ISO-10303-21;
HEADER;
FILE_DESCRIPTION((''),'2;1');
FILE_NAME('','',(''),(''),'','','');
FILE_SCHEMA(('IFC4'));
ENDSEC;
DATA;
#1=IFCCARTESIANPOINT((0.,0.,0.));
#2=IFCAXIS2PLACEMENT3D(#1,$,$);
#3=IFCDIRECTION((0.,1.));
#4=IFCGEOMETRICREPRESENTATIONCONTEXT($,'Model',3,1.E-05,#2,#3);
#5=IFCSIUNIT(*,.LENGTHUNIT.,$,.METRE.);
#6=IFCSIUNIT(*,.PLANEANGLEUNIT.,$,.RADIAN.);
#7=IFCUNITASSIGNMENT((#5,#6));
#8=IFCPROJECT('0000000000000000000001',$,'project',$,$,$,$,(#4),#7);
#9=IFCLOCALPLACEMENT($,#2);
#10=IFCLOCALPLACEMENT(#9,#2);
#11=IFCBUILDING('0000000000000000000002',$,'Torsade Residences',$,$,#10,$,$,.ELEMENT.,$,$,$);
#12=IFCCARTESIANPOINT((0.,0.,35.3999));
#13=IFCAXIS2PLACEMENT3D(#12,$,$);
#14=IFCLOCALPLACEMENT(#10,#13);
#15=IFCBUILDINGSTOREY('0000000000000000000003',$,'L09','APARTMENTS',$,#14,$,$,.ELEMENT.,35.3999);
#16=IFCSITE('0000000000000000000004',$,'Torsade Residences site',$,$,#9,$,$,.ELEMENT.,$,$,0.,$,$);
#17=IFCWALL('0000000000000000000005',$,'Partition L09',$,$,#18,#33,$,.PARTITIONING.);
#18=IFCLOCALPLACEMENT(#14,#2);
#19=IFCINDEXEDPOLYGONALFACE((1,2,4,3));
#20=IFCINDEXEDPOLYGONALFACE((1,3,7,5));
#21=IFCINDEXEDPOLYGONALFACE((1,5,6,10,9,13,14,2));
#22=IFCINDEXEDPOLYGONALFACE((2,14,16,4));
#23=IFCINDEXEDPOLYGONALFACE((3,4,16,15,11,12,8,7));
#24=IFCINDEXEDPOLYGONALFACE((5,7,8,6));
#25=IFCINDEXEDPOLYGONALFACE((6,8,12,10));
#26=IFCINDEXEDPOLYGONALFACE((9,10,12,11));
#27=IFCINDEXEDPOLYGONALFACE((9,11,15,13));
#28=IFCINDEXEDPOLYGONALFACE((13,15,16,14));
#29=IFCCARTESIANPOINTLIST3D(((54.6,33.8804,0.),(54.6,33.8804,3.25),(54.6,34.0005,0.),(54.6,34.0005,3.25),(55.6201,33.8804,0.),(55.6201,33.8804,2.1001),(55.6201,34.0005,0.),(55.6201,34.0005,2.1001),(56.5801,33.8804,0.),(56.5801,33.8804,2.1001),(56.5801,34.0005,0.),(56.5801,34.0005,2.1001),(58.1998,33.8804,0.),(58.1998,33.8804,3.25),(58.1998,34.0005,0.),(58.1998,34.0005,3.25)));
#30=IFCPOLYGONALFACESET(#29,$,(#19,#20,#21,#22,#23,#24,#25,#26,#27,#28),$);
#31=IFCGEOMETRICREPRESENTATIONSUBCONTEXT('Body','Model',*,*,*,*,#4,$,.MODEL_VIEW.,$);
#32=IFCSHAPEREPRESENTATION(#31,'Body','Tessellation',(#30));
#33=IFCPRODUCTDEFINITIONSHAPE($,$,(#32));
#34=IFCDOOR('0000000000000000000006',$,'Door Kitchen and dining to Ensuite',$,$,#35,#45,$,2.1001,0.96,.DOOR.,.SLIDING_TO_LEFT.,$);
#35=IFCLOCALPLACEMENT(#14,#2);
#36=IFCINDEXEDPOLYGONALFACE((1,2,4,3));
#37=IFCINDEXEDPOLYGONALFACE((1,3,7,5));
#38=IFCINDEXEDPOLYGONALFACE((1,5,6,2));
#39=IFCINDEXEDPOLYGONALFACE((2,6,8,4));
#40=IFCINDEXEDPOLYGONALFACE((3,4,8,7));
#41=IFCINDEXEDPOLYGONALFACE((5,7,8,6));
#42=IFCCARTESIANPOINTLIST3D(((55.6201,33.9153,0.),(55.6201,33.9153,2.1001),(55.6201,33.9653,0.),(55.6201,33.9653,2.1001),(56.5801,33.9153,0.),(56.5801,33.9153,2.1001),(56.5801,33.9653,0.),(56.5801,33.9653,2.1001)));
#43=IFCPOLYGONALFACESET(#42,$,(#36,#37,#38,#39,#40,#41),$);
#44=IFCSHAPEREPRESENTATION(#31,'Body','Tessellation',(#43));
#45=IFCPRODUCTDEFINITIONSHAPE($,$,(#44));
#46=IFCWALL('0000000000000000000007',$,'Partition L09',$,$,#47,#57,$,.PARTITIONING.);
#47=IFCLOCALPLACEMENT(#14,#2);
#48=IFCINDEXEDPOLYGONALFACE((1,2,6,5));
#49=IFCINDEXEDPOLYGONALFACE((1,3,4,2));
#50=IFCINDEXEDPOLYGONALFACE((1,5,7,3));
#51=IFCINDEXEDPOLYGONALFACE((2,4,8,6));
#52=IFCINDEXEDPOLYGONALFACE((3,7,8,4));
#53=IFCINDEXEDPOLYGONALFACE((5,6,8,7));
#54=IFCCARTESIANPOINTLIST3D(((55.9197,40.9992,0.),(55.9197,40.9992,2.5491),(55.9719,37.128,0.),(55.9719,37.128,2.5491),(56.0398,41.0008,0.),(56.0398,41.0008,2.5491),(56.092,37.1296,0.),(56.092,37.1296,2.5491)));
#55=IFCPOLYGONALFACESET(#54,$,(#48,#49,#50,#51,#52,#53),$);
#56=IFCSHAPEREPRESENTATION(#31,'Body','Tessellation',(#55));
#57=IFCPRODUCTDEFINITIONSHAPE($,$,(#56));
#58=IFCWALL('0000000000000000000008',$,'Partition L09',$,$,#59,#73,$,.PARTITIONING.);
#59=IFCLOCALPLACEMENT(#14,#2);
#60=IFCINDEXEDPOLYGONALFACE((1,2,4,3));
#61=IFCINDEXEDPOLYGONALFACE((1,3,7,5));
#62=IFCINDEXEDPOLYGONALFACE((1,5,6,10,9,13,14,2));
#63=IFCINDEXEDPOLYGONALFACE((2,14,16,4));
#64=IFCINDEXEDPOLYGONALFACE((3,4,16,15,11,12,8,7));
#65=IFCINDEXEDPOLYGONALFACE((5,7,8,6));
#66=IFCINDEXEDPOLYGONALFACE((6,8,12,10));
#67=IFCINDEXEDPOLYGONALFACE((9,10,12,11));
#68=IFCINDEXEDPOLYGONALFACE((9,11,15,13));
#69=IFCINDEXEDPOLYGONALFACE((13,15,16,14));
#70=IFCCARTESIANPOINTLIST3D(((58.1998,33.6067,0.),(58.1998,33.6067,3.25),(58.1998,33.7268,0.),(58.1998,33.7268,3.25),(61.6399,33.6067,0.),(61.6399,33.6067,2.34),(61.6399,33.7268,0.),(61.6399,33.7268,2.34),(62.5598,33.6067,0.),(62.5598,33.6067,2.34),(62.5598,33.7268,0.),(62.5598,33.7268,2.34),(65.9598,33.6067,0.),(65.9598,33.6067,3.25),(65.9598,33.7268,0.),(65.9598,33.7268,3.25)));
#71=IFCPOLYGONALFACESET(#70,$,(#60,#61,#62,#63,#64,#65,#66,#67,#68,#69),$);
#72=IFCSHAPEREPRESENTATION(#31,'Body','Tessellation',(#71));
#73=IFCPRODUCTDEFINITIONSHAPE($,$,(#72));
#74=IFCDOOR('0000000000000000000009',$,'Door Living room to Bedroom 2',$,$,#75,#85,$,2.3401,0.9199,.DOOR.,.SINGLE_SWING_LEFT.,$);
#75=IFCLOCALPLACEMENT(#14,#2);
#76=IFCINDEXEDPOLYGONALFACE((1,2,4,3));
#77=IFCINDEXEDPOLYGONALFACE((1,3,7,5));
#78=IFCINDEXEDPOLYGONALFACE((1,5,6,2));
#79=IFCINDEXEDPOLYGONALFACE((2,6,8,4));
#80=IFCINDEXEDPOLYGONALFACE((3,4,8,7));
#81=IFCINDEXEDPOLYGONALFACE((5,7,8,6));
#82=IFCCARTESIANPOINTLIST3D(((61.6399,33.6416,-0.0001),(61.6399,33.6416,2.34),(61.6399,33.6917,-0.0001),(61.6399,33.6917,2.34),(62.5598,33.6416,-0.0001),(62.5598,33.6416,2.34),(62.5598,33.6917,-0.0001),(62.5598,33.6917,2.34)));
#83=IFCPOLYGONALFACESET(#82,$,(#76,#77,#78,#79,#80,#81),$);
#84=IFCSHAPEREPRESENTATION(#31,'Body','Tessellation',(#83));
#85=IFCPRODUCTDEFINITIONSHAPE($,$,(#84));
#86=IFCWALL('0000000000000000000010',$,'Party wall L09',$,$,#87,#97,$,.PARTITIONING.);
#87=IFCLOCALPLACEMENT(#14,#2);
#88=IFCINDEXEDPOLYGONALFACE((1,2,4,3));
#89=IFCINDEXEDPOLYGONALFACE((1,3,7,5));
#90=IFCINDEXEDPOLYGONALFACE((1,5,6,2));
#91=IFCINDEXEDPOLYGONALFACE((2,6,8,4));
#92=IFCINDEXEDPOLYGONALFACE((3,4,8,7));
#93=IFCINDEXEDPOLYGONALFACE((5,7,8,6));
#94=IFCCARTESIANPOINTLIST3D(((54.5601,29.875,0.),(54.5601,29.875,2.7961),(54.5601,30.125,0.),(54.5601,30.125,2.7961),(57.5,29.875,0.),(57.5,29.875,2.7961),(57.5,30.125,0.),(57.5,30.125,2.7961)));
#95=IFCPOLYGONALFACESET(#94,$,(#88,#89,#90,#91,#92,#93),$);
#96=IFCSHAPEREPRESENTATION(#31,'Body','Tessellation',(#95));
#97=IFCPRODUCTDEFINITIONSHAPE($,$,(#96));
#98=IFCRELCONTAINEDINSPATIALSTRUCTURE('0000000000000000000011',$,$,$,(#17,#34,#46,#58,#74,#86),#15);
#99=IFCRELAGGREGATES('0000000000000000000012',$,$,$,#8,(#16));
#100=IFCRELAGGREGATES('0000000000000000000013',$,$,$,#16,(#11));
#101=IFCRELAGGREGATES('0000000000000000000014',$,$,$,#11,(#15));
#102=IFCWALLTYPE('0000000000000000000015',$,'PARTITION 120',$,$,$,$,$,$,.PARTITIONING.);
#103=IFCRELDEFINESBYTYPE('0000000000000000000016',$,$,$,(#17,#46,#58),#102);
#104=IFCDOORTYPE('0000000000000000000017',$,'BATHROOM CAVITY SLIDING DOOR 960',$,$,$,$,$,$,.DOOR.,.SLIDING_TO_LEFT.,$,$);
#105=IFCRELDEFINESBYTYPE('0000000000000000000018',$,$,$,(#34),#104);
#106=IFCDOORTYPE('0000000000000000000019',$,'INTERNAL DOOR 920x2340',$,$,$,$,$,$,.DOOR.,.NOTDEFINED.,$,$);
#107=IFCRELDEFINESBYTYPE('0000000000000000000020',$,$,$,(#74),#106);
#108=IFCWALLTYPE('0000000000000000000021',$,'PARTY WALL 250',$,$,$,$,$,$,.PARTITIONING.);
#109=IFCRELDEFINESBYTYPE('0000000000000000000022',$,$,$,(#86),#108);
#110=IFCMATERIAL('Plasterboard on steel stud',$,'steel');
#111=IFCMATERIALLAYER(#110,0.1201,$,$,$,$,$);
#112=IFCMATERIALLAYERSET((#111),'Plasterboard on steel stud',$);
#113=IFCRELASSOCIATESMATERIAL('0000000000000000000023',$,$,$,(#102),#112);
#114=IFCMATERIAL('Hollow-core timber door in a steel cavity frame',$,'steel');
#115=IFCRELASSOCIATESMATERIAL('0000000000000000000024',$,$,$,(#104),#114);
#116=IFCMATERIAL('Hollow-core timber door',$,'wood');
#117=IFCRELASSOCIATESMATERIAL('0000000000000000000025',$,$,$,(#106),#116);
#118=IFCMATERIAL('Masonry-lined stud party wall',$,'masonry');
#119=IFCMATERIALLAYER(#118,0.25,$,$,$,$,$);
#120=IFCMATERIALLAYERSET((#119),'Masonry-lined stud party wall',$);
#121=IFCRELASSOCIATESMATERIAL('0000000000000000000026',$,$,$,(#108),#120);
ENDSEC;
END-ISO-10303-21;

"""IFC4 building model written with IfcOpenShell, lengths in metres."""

from ifc_helpers import new_model, si_unit, direction, frame, frame_2d, origin, place, context, subcontext, project, spatial, rectangle, extrude, material, layer, layer_set, type_object, element, fill, save


model = new_model("IFC4")

# Units and contexts
model_context = context("Model", 3, precision=1e-05, world=origin(), true_north=direction((0.0, 1.0)))
body_context = subcontext(model_context, "Body", "Model", "MODEL_VIEW")
ifc_project = project(units=[si_unit("LENGTHUNIT", "METRE"), si_unit("PLANEANGLEUNIT", "RADIAN")], contexts=[model_context])

# Site, building, storey
site_placement = place(None, origin())
site = spatial("IfcSite", under=ifc_project, at=site_placement, Name="Torsade Residences site", CompositionType="ELEMENT", RefElevation=0.0)
building_placement = place(site_placement, origin())
building = spatial("IfcBuilding", under=site, at=building_placement, Name="Torsade Residences", CompositionType="ELEMENT")
storey_placement = place(building_placement, frame((0.0, 0.0, 35.3999)))
storey = spatial("IfcBuildingStorey", under=building, at=storey_placement, Name="L09", Description="APARTMENTS", CompositionType="ELEMENT", Elevation=35.3999)

# Wall, opening, door
ifc_material_1 = material(Name="Plasterboard on steel stud", Category="steel")
ifc_layer_1 = layer(ifc_material_1, 0.1201)
ifc_layer_set_1 = layer_set([ifc_layer_1], Name="Plasterboard on steel stud")
wall_type_1 = type_object("IfcWallType", Name="PARTITION 120", PredefinedType="PARTITIONING", material=ifc_layer_set_1)
wall_1_placement = place(storey_placement, frame((54.6001, 33.9404, 0.0), z_axis=(0.0, 0.0, 1.0), x_axis=(1.0, 0.0, 0.0)))
wall_1 = element("IfcWall", 1, at=wall_1_placement, inside=storey, type_object=wall_type_1, Name="Partition L09", PredefinedType="PARTITIONING", context=body_context, shape_type="SweptSolid", body=[
    extrude(rectangle(XDim=3.5999, YDim=0.1201, at=frame_2d((1.7998, 0.0))), origin(), (0.0, 0.0, 1.0), 3.25),
])
opening_1_placement = place(wall_1_placement, frame((1.02, 0.0, 0.0)))
opening_1 = element("IfcOpeningElement", 2, at=opening_1_placement, cuts=wall_1, PredefinedType="OPENING", context=body_context, shape_type="SweptSolid", body=[
    extrude(rectangle(XDim=0.96, YDim=2.1001, at=frame_2d((0.48, 1.05))), frame((0.0, 0.0701, 0.0), z_axis=(0.0, -1.0, 0.0), x_axis=(1.0, 0.0, 0.0)), (0.0, 0.0, 1.0), 0.1401),
])
ifc_material_2 = material(Name="Hollow-core timber door in a steel cavity frame", Category="steel")
door_type_1 = type_object("IfcDoorType", Name="BATHROOM CAVITY SLIDING DOOR 960", OperationType="SLIDING_TO_LEFT", PredefinedType="DOOR", material=ifc_material_2)
door_1_placement = place(opening_1_placement, origin())
door_1 = element("IfcDoor", 3, at=door_1_placement, inside=storey, type_object=door_type_1, Name="Door Kitchen and dining to Ensuite", OperationType="SLIDING_TO_LEFT", OverallHeight=2.1001, OverallWidth=0.96, PredefinedType="DOOR", context=body_context, shape_type="SweptSolid", body=[
    extrude(rectangle(XDim=0.96, YDim=2.1001, at=frame_2d((0.48, 1.05))), frame((0.0, 0.0249, 0.0), z_axis=(0.0, -1.0, 0.0), x_axis=(1.0, 0.0, 0.0)), (0.0, 0.0, 1.0), 0.05),
])
fill(opening_1, door_1)

# Wall
wall_2_placement = place(storey_placement, frame((55.9797, 41.0, 0.0), z_axis=(0.0, 0.0, 1.0), x_axis=(0.013494, -0.999909, 0.0)))
element("IfcWall", 4, at=wall_2_placement, inside=storey, type_object=wall_type_1, Name="Partition L09", PredefinedType="PARTITIONING", context=body_context, shape_type="SweptSolid", body=[
    extrude(rectangle(XDim=3.8716, YDim=0.1201, at=frame_2d((1.9358, 0.0))), origin(), (0.0, 0.0, 1.0), 2.5491),
])

# Wall, opening, door
wall_3_placement = place(storey_placement, frame((58.2, 33.6667, 0.0), z_axis=(0.0, 0.0, 1.0), x_axis=(1.0, 0.0, 0.0)))
wall_3 = element("IfcWall", 5, at=wall_3_placement, inside=storey, type_object=wall_type_1, Name="Partition L09", PredefinedType="PARTITIONING", context=body_context, shape_type="SweptSolid", body=[
    extrude(rectangle(XDim=7.76, YDim=0.1201, at=frame_2d((3.8799, 0.0))), origin(), (0.0, 0.0, 1.0), 3.25),
])
opening_2_placement = place(wall_3_placement, frame((3.4399, 0.0, 0.0)))
opening_2 = element("IfcOpeningElement", 6, at=opening_2_placement, cuts=wall_3, PredefinedType="OPENING", context=body_context, shape_type="SweptSolid", body=[
    extrude(rectangle(XDim=0.9199, YDim=2.3401, at=frame_2d((0.46, 1.1699))), frame((0.0, 0.0701, 0.0), z_axis=(0.0, -1.0, 0.0), x_axis=(1.0, 0.0, 0.0)), (0.0, 0.0, 1.0), 0.1401),
])
ifc_material_3 = material(Name="Hollow-core timber door", Category="wood")
door_type_2 = type_object("IfcDoorType", Name="INTERNAL DOOR 920x2340", OperationType="NOTDEFINED", PredefinedType="DOOR", material=ifc_material_3)
door_2_placement = place(opening_2_placement, origin())
door_2 = element("IfcDoor", 7, at=door_2_placement, inside=storey, type_object=door_type_2, Name="Door Living room to Bedroom 2", OperationType="SINGLE_SWING_LEFT", OverallHeight=2.3401, OverallWidth=0.9199, PredefinedType="DOOR", context=body_context, shape_type="SweptSolid", body=[
    extrude(rectangle(XDim=0.9199, YDim=2.3401, at=frame_2d((0.46, 1.1699))), frame((0.0, 0.0249, 0.0), z_axis=(0.0, -1.0, 0.0), x_axis=(1.0, 0.0, 0.0)), (0.0, 0.0, 1.0), 0.05),
])
fill(opening_2, door_2)

# Wall
ifc_material_4 = material(Name="Masonry-lined stud party wall", Category="masonry")
ifc_layer_2 = layer(ifc_material_4, 0.25)
ifc_layer_set_2 = layer_set([ifc_layer_2], Name="Masonry-lined stud party wall")
wall_type_2 = type_object("IfcWallType", Name="PARTY WALL 250", PredefinedType="PARTITIONING", material=ifc_layer_set_2)
wall_4_placement = place(storey_placement, frame((57.5, 30.0, 0.0), z_axis=(0.0, 0.0, 1.0), x_axis=(-1.0, 0.0, 0.0)))
element("IfcWall", 8, at=wall_4_placement, inside=storey, type_object=wall_type_2, Name="Party wall L09", PredefinedType="PARTITIONING", context=body_context, shape_type="SweptSolid", body=[
    extrude(rectangle(XDim=2.9399, YDim=0.25, at=frame_2d((1.47, 0.0))), origin(), (0.0, 0.0, 1.0), 2.7961),
])

save(model, "model.ifc")
